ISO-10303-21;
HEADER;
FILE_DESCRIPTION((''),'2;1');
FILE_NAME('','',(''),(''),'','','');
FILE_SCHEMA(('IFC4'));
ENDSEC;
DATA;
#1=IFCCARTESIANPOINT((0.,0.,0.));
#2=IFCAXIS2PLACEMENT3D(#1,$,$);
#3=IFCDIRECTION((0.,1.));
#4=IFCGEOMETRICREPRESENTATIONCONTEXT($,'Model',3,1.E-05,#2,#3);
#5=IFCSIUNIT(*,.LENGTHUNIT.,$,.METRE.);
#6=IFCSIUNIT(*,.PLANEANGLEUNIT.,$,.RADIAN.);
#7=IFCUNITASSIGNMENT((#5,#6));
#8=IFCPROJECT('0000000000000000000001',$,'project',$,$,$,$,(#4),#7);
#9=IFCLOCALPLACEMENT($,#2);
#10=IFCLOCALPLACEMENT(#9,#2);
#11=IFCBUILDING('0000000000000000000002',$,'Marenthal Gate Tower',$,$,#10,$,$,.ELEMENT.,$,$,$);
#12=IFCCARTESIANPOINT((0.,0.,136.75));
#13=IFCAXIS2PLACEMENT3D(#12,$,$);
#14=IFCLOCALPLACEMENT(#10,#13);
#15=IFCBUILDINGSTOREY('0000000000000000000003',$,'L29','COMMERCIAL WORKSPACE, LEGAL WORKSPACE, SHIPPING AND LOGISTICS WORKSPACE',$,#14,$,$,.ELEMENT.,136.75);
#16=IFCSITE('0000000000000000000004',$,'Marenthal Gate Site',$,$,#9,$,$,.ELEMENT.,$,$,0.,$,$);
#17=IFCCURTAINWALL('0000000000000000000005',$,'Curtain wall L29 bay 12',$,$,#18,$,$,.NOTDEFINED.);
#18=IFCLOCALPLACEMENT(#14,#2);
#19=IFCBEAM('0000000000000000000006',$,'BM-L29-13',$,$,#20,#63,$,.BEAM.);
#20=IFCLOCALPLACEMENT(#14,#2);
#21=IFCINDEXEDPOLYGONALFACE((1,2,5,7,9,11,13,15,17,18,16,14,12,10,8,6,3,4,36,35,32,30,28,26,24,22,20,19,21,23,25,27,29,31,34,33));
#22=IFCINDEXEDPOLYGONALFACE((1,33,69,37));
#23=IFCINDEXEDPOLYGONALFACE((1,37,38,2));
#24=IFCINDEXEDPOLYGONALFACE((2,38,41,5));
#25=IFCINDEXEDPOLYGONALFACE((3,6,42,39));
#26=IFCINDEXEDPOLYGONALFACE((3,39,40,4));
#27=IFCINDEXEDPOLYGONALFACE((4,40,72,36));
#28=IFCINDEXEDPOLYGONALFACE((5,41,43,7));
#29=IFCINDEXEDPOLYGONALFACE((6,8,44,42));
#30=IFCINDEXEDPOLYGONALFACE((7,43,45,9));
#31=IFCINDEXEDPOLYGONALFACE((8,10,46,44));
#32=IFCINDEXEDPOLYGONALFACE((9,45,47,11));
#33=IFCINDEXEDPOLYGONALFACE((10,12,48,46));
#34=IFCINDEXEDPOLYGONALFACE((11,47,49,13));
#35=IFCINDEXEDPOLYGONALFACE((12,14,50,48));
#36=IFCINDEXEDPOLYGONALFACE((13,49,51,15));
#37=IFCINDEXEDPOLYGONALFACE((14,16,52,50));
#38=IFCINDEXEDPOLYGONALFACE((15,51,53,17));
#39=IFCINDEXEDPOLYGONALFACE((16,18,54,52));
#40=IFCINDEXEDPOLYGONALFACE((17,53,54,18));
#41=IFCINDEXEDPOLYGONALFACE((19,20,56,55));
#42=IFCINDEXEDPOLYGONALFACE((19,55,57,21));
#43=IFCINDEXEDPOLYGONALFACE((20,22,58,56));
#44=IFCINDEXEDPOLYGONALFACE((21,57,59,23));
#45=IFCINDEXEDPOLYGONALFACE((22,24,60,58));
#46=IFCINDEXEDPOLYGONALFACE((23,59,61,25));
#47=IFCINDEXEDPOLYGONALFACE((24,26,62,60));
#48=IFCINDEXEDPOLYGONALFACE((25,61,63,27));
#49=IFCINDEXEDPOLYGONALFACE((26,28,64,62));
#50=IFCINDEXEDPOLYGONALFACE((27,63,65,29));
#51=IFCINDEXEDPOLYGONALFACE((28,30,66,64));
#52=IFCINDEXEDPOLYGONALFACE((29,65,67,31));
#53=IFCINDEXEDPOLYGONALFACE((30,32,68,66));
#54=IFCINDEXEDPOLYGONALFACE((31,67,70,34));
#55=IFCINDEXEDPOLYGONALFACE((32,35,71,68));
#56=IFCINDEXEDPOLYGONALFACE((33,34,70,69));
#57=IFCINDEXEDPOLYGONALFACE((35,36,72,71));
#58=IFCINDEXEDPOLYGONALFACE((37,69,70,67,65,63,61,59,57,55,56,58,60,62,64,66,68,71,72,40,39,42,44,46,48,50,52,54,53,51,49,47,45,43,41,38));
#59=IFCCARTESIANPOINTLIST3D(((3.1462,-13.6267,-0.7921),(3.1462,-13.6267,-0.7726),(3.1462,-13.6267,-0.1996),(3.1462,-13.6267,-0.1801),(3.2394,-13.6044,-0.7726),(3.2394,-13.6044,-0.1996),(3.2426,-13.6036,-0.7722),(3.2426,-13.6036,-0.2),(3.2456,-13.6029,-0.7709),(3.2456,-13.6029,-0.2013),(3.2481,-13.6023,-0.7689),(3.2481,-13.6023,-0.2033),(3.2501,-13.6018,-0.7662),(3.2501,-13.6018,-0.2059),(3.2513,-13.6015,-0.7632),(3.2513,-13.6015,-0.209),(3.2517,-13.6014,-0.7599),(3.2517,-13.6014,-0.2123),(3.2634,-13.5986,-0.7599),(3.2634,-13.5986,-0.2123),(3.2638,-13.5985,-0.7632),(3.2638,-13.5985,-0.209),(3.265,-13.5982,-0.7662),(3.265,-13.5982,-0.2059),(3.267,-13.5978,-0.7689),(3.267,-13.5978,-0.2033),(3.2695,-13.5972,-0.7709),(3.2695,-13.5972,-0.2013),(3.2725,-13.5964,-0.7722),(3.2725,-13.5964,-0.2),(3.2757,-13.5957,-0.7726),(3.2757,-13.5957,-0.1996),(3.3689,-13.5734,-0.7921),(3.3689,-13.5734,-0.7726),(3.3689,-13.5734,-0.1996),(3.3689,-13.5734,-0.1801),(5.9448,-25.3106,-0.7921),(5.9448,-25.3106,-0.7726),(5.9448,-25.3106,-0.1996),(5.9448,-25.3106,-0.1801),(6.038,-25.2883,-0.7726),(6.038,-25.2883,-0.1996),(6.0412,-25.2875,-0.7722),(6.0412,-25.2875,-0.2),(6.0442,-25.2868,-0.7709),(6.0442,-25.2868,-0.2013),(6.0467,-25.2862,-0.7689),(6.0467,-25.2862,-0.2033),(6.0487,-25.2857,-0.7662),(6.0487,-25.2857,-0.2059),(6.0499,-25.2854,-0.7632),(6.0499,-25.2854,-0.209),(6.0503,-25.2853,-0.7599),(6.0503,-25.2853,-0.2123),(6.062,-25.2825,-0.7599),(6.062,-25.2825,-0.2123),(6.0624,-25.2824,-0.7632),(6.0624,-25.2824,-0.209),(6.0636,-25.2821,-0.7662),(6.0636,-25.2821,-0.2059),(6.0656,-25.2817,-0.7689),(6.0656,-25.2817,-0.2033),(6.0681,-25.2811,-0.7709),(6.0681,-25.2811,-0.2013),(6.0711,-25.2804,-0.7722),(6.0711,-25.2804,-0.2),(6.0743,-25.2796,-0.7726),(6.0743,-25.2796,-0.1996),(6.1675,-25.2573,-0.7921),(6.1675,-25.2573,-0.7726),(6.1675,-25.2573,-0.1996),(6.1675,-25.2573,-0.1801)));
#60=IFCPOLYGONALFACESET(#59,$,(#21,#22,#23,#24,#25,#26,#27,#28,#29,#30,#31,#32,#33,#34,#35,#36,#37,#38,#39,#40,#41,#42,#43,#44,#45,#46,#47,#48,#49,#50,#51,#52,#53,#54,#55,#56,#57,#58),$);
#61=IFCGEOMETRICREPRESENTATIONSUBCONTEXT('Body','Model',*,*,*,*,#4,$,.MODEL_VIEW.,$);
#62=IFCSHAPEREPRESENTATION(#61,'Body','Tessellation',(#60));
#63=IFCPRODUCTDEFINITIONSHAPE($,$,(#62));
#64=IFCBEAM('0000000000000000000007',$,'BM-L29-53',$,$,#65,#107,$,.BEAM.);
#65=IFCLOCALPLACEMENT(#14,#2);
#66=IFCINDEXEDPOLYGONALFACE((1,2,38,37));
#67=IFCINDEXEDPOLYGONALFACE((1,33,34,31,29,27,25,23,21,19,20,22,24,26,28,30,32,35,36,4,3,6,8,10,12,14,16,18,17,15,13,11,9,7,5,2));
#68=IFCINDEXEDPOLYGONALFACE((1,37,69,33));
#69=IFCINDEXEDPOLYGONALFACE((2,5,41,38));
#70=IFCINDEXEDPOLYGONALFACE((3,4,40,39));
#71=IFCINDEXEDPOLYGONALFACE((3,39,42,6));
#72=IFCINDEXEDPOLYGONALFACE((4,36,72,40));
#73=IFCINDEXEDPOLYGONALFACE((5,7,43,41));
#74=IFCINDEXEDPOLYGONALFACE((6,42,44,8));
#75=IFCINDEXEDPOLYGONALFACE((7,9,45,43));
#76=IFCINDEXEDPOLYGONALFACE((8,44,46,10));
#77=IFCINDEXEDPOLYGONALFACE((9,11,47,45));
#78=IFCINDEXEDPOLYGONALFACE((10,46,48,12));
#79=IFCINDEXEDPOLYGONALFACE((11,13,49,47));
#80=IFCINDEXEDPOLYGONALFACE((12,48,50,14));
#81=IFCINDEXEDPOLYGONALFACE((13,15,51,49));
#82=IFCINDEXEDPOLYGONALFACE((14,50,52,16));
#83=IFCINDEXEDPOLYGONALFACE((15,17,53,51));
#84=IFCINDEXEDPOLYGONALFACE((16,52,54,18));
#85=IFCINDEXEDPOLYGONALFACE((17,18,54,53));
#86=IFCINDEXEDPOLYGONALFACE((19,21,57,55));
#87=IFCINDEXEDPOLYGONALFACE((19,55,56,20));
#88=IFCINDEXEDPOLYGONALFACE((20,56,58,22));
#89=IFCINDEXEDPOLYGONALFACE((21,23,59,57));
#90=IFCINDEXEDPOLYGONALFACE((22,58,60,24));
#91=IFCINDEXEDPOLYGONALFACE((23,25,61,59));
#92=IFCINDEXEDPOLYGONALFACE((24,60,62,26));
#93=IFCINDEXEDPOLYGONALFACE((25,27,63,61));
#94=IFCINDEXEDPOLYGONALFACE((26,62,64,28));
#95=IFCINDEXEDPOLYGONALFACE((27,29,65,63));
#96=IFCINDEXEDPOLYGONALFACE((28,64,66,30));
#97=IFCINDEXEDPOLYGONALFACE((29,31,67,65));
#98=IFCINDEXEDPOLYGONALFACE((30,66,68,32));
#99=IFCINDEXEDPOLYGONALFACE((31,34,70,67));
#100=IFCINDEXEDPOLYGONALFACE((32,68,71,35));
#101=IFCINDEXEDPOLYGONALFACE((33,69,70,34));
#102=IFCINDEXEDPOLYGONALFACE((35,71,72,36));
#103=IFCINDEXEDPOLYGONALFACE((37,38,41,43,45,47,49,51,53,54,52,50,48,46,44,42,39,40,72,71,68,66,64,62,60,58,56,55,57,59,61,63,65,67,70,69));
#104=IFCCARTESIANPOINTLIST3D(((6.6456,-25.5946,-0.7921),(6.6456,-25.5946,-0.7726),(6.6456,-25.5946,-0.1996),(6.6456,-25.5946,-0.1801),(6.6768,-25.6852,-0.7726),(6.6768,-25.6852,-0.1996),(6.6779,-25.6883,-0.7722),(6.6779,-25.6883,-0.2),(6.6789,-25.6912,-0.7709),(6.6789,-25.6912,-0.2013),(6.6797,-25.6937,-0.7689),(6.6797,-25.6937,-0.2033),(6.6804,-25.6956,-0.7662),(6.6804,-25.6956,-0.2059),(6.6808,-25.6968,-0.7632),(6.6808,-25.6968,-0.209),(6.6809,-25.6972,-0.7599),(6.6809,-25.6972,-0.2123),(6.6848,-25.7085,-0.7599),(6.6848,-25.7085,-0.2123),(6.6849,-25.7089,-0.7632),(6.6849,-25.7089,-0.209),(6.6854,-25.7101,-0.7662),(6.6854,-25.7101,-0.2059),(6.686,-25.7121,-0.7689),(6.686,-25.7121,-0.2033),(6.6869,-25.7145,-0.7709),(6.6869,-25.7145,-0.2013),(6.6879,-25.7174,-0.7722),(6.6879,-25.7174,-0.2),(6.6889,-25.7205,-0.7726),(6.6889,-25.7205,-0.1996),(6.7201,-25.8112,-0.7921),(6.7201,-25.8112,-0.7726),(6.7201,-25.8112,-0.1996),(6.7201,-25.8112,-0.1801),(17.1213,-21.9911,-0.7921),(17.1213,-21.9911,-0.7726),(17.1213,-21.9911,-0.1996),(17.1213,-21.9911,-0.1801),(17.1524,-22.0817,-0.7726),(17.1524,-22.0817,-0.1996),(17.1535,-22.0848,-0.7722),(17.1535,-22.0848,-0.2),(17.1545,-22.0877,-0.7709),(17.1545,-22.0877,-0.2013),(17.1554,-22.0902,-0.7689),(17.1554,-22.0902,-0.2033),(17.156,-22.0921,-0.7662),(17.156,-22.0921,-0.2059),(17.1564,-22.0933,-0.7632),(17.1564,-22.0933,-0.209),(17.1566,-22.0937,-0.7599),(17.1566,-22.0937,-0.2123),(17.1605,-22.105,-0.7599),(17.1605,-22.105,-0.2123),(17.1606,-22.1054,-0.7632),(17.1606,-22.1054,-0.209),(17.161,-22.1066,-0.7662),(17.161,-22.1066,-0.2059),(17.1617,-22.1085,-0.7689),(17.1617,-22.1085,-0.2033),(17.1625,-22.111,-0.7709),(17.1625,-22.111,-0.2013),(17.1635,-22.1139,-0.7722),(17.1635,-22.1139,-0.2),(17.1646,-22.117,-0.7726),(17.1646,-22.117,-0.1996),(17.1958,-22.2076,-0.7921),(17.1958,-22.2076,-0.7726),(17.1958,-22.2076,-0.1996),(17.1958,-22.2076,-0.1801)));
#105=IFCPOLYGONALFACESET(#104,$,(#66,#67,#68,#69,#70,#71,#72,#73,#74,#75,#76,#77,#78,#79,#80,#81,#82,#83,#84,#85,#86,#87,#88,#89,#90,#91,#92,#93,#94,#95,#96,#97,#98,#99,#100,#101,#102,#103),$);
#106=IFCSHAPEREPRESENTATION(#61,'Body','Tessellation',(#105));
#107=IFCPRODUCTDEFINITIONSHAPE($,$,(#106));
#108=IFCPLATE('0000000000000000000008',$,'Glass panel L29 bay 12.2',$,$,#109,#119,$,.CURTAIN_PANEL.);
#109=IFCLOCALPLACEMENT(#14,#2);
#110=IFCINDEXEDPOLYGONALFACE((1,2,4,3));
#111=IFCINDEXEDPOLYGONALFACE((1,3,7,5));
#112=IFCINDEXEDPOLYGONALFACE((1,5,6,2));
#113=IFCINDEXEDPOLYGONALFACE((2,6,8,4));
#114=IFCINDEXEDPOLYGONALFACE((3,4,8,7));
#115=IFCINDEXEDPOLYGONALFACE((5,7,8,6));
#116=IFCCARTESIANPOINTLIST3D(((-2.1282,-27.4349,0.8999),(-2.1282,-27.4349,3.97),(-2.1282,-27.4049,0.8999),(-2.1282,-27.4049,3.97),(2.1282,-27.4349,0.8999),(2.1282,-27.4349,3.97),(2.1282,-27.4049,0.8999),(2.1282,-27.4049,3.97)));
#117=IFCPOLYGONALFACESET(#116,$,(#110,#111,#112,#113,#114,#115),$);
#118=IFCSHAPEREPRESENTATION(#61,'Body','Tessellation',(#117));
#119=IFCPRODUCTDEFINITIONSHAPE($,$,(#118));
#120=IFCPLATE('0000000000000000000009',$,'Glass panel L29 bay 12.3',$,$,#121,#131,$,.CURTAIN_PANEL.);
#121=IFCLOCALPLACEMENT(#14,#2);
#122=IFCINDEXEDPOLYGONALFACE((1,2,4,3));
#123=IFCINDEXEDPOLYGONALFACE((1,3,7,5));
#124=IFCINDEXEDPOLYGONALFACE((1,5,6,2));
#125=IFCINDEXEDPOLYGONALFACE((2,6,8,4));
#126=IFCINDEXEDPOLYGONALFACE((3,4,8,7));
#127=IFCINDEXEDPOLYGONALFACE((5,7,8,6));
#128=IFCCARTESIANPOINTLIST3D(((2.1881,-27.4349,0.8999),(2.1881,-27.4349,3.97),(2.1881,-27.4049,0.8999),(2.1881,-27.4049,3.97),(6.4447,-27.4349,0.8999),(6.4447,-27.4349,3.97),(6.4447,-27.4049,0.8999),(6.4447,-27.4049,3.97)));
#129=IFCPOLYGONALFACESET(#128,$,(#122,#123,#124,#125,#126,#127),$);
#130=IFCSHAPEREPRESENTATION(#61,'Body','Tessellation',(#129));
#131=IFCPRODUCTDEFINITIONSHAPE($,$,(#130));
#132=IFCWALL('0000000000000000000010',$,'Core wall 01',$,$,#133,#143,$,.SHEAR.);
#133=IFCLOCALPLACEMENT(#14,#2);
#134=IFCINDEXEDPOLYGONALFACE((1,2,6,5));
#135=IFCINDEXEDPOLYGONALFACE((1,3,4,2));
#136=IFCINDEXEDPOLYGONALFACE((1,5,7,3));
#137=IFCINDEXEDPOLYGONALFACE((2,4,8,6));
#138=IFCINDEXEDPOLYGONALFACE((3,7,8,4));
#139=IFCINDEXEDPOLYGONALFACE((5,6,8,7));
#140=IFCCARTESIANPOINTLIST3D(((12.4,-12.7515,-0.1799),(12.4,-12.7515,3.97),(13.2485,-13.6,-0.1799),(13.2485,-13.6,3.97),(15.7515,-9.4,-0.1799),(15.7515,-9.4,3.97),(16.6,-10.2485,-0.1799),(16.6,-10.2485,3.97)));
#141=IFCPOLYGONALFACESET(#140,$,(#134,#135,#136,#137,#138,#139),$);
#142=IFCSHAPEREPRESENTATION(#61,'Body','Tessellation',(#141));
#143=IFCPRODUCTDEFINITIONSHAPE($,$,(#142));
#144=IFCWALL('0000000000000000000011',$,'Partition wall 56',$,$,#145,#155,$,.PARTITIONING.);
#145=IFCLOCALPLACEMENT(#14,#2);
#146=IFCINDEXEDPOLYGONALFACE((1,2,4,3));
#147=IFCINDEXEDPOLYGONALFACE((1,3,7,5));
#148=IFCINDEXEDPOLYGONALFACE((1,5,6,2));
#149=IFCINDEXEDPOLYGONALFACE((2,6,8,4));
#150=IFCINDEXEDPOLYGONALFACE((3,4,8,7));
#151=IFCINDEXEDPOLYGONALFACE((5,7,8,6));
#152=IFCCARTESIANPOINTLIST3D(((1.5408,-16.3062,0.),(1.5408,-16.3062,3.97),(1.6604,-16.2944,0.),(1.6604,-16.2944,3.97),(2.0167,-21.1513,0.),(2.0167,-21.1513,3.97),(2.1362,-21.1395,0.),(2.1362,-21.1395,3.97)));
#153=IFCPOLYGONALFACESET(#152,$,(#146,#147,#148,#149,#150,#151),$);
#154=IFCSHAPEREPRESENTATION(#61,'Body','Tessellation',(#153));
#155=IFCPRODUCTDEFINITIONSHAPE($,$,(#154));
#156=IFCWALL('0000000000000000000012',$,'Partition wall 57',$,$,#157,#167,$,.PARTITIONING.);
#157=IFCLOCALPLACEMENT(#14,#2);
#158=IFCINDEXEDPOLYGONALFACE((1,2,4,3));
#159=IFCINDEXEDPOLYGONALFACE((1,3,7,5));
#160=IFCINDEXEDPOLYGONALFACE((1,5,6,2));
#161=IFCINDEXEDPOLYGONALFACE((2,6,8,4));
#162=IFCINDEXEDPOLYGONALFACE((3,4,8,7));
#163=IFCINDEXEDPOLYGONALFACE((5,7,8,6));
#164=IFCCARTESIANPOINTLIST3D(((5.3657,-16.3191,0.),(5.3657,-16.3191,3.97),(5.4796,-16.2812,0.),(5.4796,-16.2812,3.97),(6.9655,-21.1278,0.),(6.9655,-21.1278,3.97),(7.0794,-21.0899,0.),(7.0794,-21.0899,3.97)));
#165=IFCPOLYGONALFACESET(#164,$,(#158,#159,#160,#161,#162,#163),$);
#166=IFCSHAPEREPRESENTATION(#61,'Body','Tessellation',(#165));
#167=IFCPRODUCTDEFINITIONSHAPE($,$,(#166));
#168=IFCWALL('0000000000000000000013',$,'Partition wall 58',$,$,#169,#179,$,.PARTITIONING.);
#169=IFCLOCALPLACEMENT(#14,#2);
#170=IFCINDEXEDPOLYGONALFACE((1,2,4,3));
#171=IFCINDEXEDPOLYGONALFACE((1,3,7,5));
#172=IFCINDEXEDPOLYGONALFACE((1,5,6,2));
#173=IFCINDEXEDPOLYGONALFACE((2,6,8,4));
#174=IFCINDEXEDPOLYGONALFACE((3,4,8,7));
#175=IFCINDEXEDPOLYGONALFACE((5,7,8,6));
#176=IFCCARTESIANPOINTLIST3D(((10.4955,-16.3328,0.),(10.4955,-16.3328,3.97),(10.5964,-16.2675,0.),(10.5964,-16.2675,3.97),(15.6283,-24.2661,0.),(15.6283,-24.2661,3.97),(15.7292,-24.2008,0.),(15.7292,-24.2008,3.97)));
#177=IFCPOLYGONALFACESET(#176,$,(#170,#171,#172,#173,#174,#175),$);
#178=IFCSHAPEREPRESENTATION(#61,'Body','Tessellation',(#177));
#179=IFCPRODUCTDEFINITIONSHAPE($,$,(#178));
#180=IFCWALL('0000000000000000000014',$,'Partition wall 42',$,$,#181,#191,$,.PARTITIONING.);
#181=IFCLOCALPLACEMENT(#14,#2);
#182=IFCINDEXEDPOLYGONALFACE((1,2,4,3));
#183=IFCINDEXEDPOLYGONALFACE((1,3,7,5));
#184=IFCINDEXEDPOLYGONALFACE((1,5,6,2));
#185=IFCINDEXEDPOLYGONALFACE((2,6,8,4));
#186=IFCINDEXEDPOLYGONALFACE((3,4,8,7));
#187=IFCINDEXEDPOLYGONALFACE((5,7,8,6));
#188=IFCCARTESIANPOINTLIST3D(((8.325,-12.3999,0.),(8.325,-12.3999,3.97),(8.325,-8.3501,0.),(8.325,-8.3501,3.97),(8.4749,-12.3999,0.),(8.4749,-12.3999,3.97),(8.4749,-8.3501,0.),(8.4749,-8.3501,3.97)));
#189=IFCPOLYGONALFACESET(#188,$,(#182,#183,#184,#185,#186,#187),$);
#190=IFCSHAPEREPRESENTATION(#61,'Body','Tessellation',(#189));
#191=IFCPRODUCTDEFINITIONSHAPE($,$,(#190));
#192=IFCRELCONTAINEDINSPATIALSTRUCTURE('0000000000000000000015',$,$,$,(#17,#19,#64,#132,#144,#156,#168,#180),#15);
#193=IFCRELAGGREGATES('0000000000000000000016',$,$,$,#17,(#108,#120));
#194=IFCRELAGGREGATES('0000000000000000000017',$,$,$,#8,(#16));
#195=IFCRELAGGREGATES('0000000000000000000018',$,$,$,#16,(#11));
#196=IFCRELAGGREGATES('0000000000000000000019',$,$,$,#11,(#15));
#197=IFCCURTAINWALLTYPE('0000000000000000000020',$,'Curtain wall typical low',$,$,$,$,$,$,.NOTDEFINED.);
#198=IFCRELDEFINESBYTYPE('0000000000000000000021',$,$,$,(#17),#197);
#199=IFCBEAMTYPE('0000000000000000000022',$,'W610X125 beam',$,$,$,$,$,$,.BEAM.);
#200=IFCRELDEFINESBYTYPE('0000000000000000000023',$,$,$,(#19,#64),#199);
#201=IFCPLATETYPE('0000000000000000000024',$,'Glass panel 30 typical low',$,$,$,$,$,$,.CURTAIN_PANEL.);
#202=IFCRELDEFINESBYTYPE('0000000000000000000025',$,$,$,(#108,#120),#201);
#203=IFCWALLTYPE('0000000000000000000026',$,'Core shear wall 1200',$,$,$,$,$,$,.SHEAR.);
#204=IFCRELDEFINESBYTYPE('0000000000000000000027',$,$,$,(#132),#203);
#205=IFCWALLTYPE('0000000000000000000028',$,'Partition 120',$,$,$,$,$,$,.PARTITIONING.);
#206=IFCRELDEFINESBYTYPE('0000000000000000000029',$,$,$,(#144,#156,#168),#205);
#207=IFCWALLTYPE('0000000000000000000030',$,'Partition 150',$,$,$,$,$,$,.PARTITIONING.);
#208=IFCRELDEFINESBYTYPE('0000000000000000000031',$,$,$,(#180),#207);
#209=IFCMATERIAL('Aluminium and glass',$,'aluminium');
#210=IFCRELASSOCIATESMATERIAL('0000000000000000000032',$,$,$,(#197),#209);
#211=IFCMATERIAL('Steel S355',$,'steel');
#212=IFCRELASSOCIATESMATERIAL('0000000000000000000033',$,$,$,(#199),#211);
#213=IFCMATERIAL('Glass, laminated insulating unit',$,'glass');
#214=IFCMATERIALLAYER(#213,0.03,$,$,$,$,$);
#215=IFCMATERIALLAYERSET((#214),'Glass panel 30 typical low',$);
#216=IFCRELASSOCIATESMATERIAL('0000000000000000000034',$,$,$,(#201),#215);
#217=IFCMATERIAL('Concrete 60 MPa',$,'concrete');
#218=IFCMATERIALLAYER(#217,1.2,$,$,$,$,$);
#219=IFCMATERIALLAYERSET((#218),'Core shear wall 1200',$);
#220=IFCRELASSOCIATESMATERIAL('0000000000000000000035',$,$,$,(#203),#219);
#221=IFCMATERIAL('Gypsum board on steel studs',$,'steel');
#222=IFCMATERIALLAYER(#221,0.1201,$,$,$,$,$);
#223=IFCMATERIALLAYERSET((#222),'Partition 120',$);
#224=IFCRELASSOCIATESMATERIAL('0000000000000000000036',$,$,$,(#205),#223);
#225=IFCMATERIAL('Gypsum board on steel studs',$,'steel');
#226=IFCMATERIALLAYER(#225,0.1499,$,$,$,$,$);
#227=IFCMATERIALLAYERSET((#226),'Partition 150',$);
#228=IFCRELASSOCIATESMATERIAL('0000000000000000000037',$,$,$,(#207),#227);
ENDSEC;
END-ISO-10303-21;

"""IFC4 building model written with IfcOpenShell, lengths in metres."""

from ifc_helpers import new_model, si_unit, direction, frame, frame_2d, origin, origin_2d, place, context, subcontext, project, spatial, rectangle, i_section, extrude, material, layer, layer_set, material_profile, profile_set, type_object, element, aggregate, save


model = new_model("IFC4")

# Units and contexts
model_context = context("Model", 3, precision=1e-05, world=origin(), true_north=direction((0.0, 1.0)))
body_context = subcontext(model_context, "Body", "Model", "MODEL_VIEW")
ifc_project = project(units=[si_unit("LENGTHUNIT", "METRE"), si_unit("PLANEANGLEUNIT", "RADIAN")], contexts=[model_context])

# Site, building, storey
site_placement = place(None, origin())
site = spatial("IfcSite", under=ifc_project, at=site_placement, Name="Marenthal Gate Site", CompositionType="ELEMENT", RefElevation=0.0)
building_placement = place(site_placement, origin())
building = spatial("IfcBuilding", under=site, at=building_placement, Name="Marenthal Gate Tower", CompositionType="ELEMENT")
storey_placement = place(building_placement, frame((0.0, 0.0, 136.75)))
storey = spatial("IfcBuildingStorey", under=building, at=storey_placement, Name="L29", Description="COMMERCIAL WORKSPACE, LEGAL WORKSPACE, SHIPPING AND LOGISTICS WORKSPACE", CompositionType="ELEMENT", Elevation=136.75)

# Curtain wall
ifc_material_1 = material(Name="Aluminium and glass", Category="aluminium")
curtain_wall_type = type_object("IfcCurtainWallType", Name="Curtain wall typical low", PredefinedType="NOTDEFINED", material=ifc_material_1)
curtain_wall_placement = place(storey_placement, origin())
curtain_wall = element("IfcCurtainWall", 1, at=curtain_wall_placement, inside=storey, type_object=curtain_wall_type, Name="Curtain wall L29 bay 12", PredefinedType="NOTDEFINED")

# Beams
ifc_material_2 = material(Name="Steel S355", Category="steel")
ifc_material_profile_1 = material_profile(ifc_material_2, i_section(OverallWidth=0.229, OverallDepth=0.6121, WebThickness=0.012, FlangeThickness=0.0195, FilletRadius=0.0127, at=origin_2d()), Name="W610X125")
ifc_profile_set_1 = profile_set([ifc_material_profile_1], Name="Steel S355")
beam_type_1 = type_object("IfcBeamType", Name="W610X125 beam", PredefinedType="BEAM", material=ifc_profile_set_1)
beam_1_placement = place(storey_placement, frame((6.0562, -25.2839, -0.4861), z_axis=(-0.232937, 0.972492, 0.0), x_axis=(-0.972492, -0.232937, 0.0)))
element("IfcBeam", 2, at=beam_1_placement, inside=storey, type_object=beam_type_1, Name="BM-L29-13", PredefinedType="BEAM", context=body_context, shape_type="SweptSolid", body=[
    extrude(i_section(OverallWidth=0.229, OverallDepth=0.6121, WebThickness=0.012, FlangeThickness=0.0195, FilletRadius=0.0127, at=origin_2d()), origin(), (0.0, 0.0, 1.0), 12.0144),
])
beam_2_placement = place(storey_placement, frame((6.6829, -25.7029, -0.4861), z_axis=(0.945616, 0.325284, 0.0), x_axis=(-0.325284, 0.945616, 0.0)))
element("IfcBeam", 3, at=beam_2_placement, inside=storey, type_object=beam_type_1, Name="BM-L29-53", PredefinedType="BEAM", context=body_context, shape_type="SweptSolid", body=[
    extrude(i_section(OverallWidth=0.229, OverallDepth=0.6121, WebThickness=0.012, FlangeThickness=0.0195, FilletRadius=0.0127, at=origin_2d()), origin(), (0.0, 0.0, 1.0), 11.0781),
])

# Plates
ifc_material_3 = material(Name="Glass, laminated insulating unit", Category="glass")
ifc_layer_1 = layer(ifc_material_3, 0.03)
ifc_layer_set_1 = layer_set([ifc_layer_1], Name="Glass panel 30 typical low")
plate_type = type_object("IfcPlateType", Name="Glass panel 30 typical low", PredefinedType="CURTAIN_PANEL", material=ifc_layer_set_1)
plate_1_placement = place(storey_placement, frame((0.0, -27.4199, 0.8999), z_axis=(0.0, 0.0, 1.0), x_axis=(1.0, 0.0, 0.0)))
plate_1 = element("IfcPlate", 4, at=plate_1_placement, type_object=plate_type, Name="Glass panel L29 bay 12.2", PredefinedType="CURTAIN_PANEL", context=body_context, shape_type="SweptSolid", body=[
    extrude(rectangle(XDim=4.2563, YDim=0.03, at=origin_2d()), origin(), (0.0, 0.0, 1.0), 3.0701),
])
plate_2_placement = place(storey_placement, frame((4.3164, -27.4199, 0.8999), z_axis=(0.0, 0.0, 1.0), x_axis=(1.0, 0.0, 0.0)))
plate_2 = element("IfcPlate", 5, at=plate_2_placement, type_object=plate_type, Name="Glass panel L29 bay 12.3", PredefinedType="CURTAIN_PANEL", context=body_context, shape_type="SweptSolid", body=[
    extrude(rectangle(XDim=4.2566, YDim=0.03, at=origin_2d()), origin(), (0.0, 0.0, 1.0), 3.0701),
])
aggregate(curtain_wall, [plate_1, plate_2])

# Walls
ifc_material_4 = material(Name="Concrete 60 MPa", Category="concrete")
ifc_layer_2 = layer(ifc_material_4, 1.2)
ifc_layer_set_2 = layer_set([ifc_layer_2], Name="Core shear wall 1200")
wall_type_1 = type_object("IfcWallType", Name="Core shear wall 1200", PredefinedType="SHEAR", material=ifc_layer_set_2)
wall_1_placement = place(storey_placement, frame((12.8242, -13.1758, -0.1799), z_axis=(0.0, 0.0, 1.0), x_axis=(0.707107, 0.707107, 0.0)))
element("IfcWall", 6, at=wall_1_placement, inside=storey, type_object=wall_type_1, Name="Core wall 01", PredefinedType="SHEAR", context=body_context, shape_type="SweptSolid", body=[
    extrude(rectangle(XDim=4.7397, YDim=1.2, at=frame_2d((2.3699, 0.0))), origin(), (0.0, 0.0, 1.0), 4.1499),
])
ifc_material_5 = material(Name="Gypsum board on steel studs", Category="steel")
ifc_layer_3 = layer(ifc_material_5, 0.1201)
ifc_layer_set_3 = layer_set([ifc_layer_3], Name="Partition 120")
wall_type_2 = type_object("IfcWallType", Name="Partition 120", PredefinedType="PARTITIONING", material=ifc_layer_set_3)
wall_2_placement = place(storey_placement, frame((2.0764, -21.1453, 0.0), z_axis=(0.0, 0.0, 1.0), x_axis=(-0.097736, 0.995212, 0.0)))
element("IfcWall", 7, at=wall_2_placement, inside=storey, type_object=wall_type_2, Name="Partition wall 56", PredefinedType="PARTITIONING", context=body_context, shape_type="SweptSolid", body=[
    extrude(rectangle(XDim=4.8684, YDim=0.1201, at=frame_2d((2.4341, 0.0))), origin(), (0.0, 0.0, 1.0), 3.97),
])
wall_3_placement = place(storey_placement, frame((7.0225, -21.1089, 0.0), z_axis=(0.0, 0.0, 1.0), x_axis=(-0.315679, 0.948866, 0.0)))
element("IfcWall", 8, at=wall_3_placement, inside=storey, type_object=wall_type_2, Name="Partition wall 57", PredefinedType="PARTITIONING", context=body_context, shape_type="SweptSolid", body=[
    extrude(rectangle(XDim=5.0679, YDim=0.1201, at=frame_2d((2.5339, 0.0))), origin(), (0.0, 0.0, 1.0), 3.97),
])
wall_4_placement = place(storey_placement, frame((10.5459, -16.3, 0.0), z_axis=(0.0, 0.0, 1.0), x_axis=(0.543212, -0.839596, 0.0)))
element("IfcWall", 9, at=wall_4_placement, inside=storey, type_object=wall_type_2, Name="Partition wall 58", PredefinedType="PARTITIONING", context=body_context, shape_type="SweptSolid", body=[
    extrude(rectangle(XDim=9.449, YDim=0.1201, at=frame_2d((4.7246, 0.0))), origin(), (0.0, 0.0, 1.0), 3.97),
])
ifc_material_6 = material(Name="Gypsum board on steel studs", Category="steel")
ifc_layer_4 = layer(ifc_material_6, 0.1499)
ifc_layer_set_4 = layer_set([ifc_layer_4], Name="Partition 150")
wall_type_3 = type_object("IfcWallType", Name="Partition 150", PredefinedType="PARTITIONING", material=ifc_layer_set_4)
wall_5_placement = place(storey_placement, frame((8.3999, -12.3999, 0.0), z_axis=(0.0, 0.0, 1.0), x_axis=(0.0, 1.0, 0.0)))
element("IfcWall", 10, at=wall_5_placement, inside=storey, type_object=wall_type_3, Name="Partition wall 42", PredefinedType="PARTITIONING", context=body_context, shape_type="SweptSolid", body=[
    extrude(rectangle(XDim=4.0498, YDim=0.1499, at=frame_2d((2.0249, 0.0))), origin(), (0.0, 0.0, 1.0), 3.97),
])

save(model, "model.ifc")
